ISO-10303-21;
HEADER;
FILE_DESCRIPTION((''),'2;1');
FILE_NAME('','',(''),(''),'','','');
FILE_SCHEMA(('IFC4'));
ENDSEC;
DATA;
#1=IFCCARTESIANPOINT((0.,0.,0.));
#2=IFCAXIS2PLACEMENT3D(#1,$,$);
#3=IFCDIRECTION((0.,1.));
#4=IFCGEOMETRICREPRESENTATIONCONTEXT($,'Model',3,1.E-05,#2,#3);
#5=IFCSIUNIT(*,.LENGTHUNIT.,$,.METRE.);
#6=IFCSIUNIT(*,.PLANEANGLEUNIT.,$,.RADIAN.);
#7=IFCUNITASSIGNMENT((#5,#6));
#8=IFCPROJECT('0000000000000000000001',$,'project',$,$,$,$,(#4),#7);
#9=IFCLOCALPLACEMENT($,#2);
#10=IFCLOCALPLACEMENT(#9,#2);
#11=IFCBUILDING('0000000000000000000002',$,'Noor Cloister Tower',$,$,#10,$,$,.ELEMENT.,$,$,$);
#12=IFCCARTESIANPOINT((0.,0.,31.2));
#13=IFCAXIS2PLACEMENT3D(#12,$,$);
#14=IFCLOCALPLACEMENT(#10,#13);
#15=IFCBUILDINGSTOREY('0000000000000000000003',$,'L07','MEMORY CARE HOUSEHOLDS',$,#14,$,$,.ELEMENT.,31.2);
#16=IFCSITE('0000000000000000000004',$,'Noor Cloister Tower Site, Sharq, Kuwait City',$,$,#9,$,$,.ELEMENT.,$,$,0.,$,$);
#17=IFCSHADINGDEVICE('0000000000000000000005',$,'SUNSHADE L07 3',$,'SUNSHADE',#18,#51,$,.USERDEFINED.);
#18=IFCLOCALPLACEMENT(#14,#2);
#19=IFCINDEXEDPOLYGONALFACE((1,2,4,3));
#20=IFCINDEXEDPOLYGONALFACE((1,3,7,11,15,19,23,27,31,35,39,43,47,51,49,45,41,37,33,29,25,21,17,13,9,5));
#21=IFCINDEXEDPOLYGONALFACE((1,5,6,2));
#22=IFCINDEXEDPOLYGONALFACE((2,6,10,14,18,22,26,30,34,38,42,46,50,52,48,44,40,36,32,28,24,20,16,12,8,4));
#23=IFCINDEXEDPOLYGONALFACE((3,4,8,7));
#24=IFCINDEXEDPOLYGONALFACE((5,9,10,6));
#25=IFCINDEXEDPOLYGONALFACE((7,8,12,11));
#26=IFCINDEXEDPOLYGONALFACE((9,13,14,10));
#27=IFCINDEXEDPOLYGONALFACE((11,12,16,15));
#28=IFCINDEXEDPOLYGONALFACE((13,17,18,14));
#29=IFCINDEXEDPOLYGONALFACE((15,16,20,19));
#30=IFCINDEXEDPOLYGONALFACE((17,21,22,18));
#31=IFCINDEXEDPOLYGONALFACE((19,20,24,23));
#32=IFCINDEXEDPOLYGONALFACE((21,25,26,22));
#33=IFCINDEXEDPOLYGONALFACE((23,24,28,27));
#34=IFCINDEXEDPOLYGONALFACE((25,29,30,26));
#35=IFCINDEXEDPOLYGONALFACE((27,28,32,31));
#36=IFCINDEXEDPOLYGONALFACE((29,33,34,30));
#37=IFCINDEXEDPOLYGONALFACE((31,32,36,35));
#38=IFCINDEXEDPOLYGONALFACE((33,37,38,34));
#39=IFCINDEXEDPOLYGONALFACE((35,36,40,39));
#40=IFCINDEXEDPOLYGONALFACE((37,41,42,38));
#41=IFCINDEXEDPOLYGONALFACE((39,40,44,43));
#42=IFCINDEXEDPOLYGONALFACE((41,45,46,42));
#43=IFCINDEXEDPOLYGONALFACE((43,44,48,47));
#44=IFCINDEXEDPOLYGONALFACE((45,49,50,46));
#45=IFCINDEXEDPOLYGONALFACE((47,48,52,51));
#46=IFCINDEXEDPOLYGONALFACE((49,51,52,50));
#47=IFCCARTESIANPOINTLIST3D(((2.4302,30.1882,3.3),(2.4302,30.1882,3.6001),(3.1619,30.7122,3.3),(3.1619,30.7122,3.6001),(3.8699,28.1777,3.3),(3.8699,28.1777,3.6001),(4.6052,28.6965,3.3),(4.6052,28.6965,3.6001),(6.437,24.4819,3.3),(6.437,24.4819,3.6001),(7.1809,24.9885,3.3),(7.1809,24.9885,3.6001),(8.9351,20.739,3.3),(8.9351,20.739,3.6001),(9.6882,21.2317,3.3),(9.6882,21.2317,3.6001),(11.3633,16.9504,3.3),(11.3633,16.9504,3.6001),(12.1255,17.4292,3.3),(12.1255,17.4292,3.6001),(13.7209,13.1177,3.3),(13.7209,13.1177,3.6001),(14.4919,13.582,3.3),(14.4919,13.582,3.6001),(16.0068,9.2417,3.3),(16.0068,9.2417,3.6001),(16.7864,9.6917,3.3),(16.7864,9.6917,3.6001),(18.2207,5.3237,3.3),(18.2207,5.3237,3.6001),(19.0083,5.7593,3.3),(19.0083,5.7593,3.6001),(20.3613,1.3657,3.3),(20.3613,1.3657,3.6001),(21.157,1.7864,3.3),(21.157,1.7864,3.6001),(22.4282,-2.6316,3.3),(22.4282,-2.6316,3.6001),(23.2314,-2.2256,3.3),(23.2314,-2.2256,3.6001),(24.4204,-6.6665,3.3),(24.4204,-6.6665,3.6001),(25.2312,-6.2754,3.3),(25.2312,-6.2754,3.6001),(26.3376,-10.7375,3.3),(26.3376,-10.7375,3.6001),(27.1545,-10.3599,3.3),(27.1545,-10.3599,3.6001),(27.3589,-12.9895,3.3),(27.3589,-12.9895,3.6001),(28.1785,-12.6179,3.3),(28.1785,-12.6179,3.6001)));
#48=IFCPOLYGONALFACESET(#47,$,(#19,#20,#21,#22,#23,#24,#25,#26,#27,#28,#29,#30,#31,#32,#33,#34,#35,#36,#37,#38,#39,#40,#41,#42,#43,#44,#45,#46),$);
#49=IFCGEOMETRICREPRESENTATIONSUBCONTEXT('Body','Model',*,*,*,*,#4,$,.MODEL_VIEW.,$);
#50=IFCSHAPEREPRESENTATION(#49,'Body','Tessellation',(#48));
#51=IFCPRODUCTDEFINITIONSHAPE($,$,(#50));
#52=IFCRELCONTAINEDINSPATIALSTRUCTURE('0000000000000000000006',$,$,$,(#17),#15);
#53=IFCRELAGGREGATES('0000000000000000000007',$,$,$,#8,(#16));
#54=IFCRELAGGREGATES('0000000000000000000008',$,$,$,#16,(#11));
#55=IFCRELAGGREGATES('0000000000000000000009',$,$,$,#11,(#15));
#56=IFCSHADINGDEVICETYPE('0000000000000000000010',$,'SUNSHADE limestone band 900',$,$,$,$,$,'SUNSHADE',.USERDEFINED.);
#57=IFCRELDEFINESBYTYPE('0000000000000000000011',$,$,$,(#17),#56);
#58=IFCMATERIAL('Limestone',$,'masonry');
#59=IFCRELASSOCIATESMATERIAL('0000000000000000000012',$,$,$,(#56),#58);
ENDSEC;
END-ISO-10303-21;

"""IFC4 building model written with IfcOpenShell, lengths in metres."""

from ifc_helpers import new_model, si_unit, direction, frame, origin, place, context, subcontext, project, spatial, polyline, outline, extrude, material, type_object, element, save


model = new_model("IFC4")

# Units and contexts
model_context = context("Model", 3, precision=1e-05, world=origin(), true_north=direction((0.0, 1.0)))
body_context = subcontext(model_context, "Body", "Model", "MODEL_VIEW")
ifc_project = project(units=[si_unit("LENGTHUNIT", "METRE"), si_unit("PLANEANGLEUNIT", "RADIAN")], contexts=[model_context])

# Site, building, storey
site_placement = place(None, origin())
site = spatial("IfcSite", under=ifc_project, at=site_placement, Name="Noor Cloister Tower Site, Sharq, Kuwait City", CompositionType="ELEMENT", RefElevation=0.0)
building_placement = place(site_placement, origin())
building = spatial("IfcBuilding", under=site, at=building_placement, Name="Noor Cloister Tower", CompositionType="ELEMENT")
storey_placement = place(building_placement, frame((0.0, 0.0, 31.2)))
storey = spatial("IfcBuildingStorey", under=building, at=storey_placement, Name="L07", Description="MEMORY CARE HOUSEHOLDS", CompositionType="ELEMENT", Elevation=31.2)

# Shading device
ifc_material_1 = material(Name="Limestone", Category="masonry")
shading_device_type = type_object("IfcShadingDeviceType", Name="SUNSHADE limestone band 900", ElementType="SUNSHADE", PredefinedType="USERDEFINED", material=ifc_material_1)
shading_device_1_placement = place(storey_placement, frame((0.0, 0.0, 3.3)))
element("IfcShadingDevice", 1, at=shading_device_1_placement, inside=storey, type_object=shading_device_type, Name="SUNSHADE L07 3", ObjectType="SUNSHADE", PredefinedType="USERDEFINED", context=body_context, shape_type="SweptSolid", body=[
    extrude(outline(polyline([(28.1785, -12.6179), (27.1545, -10.3599), (25.2312, -6.2754), (23.2314, -2.2256), (21.157, 1.7864), (19.0083, 5.7593), (16.7864, 9.6917), (14.4919, 13.582), (12.1255, 17.4292), (9.6882, 21.2317), (7.1809, 24.9885), (4.6052, 28.6965), (3.1619, 30.7122), (2.4302, 30.1882), (3.8699, 28.1777), (6.437, 24.4819), (8.9351, 20.739), (11.3633, 16.9504), (13.7209, 13.1177), (16.0068, 9.2417), (18.2207, 5.3237), (20.3613, 1.3657), (22.4282, -2.6316), (24.4204, -6.6665), (26.3376, -10.7375), (27.3589, -12.9895), (28.1785, -12.6179)])), origin(), (0.0, 0.0, 1.0), 0.3),
])

save(model, "model.ifc")
